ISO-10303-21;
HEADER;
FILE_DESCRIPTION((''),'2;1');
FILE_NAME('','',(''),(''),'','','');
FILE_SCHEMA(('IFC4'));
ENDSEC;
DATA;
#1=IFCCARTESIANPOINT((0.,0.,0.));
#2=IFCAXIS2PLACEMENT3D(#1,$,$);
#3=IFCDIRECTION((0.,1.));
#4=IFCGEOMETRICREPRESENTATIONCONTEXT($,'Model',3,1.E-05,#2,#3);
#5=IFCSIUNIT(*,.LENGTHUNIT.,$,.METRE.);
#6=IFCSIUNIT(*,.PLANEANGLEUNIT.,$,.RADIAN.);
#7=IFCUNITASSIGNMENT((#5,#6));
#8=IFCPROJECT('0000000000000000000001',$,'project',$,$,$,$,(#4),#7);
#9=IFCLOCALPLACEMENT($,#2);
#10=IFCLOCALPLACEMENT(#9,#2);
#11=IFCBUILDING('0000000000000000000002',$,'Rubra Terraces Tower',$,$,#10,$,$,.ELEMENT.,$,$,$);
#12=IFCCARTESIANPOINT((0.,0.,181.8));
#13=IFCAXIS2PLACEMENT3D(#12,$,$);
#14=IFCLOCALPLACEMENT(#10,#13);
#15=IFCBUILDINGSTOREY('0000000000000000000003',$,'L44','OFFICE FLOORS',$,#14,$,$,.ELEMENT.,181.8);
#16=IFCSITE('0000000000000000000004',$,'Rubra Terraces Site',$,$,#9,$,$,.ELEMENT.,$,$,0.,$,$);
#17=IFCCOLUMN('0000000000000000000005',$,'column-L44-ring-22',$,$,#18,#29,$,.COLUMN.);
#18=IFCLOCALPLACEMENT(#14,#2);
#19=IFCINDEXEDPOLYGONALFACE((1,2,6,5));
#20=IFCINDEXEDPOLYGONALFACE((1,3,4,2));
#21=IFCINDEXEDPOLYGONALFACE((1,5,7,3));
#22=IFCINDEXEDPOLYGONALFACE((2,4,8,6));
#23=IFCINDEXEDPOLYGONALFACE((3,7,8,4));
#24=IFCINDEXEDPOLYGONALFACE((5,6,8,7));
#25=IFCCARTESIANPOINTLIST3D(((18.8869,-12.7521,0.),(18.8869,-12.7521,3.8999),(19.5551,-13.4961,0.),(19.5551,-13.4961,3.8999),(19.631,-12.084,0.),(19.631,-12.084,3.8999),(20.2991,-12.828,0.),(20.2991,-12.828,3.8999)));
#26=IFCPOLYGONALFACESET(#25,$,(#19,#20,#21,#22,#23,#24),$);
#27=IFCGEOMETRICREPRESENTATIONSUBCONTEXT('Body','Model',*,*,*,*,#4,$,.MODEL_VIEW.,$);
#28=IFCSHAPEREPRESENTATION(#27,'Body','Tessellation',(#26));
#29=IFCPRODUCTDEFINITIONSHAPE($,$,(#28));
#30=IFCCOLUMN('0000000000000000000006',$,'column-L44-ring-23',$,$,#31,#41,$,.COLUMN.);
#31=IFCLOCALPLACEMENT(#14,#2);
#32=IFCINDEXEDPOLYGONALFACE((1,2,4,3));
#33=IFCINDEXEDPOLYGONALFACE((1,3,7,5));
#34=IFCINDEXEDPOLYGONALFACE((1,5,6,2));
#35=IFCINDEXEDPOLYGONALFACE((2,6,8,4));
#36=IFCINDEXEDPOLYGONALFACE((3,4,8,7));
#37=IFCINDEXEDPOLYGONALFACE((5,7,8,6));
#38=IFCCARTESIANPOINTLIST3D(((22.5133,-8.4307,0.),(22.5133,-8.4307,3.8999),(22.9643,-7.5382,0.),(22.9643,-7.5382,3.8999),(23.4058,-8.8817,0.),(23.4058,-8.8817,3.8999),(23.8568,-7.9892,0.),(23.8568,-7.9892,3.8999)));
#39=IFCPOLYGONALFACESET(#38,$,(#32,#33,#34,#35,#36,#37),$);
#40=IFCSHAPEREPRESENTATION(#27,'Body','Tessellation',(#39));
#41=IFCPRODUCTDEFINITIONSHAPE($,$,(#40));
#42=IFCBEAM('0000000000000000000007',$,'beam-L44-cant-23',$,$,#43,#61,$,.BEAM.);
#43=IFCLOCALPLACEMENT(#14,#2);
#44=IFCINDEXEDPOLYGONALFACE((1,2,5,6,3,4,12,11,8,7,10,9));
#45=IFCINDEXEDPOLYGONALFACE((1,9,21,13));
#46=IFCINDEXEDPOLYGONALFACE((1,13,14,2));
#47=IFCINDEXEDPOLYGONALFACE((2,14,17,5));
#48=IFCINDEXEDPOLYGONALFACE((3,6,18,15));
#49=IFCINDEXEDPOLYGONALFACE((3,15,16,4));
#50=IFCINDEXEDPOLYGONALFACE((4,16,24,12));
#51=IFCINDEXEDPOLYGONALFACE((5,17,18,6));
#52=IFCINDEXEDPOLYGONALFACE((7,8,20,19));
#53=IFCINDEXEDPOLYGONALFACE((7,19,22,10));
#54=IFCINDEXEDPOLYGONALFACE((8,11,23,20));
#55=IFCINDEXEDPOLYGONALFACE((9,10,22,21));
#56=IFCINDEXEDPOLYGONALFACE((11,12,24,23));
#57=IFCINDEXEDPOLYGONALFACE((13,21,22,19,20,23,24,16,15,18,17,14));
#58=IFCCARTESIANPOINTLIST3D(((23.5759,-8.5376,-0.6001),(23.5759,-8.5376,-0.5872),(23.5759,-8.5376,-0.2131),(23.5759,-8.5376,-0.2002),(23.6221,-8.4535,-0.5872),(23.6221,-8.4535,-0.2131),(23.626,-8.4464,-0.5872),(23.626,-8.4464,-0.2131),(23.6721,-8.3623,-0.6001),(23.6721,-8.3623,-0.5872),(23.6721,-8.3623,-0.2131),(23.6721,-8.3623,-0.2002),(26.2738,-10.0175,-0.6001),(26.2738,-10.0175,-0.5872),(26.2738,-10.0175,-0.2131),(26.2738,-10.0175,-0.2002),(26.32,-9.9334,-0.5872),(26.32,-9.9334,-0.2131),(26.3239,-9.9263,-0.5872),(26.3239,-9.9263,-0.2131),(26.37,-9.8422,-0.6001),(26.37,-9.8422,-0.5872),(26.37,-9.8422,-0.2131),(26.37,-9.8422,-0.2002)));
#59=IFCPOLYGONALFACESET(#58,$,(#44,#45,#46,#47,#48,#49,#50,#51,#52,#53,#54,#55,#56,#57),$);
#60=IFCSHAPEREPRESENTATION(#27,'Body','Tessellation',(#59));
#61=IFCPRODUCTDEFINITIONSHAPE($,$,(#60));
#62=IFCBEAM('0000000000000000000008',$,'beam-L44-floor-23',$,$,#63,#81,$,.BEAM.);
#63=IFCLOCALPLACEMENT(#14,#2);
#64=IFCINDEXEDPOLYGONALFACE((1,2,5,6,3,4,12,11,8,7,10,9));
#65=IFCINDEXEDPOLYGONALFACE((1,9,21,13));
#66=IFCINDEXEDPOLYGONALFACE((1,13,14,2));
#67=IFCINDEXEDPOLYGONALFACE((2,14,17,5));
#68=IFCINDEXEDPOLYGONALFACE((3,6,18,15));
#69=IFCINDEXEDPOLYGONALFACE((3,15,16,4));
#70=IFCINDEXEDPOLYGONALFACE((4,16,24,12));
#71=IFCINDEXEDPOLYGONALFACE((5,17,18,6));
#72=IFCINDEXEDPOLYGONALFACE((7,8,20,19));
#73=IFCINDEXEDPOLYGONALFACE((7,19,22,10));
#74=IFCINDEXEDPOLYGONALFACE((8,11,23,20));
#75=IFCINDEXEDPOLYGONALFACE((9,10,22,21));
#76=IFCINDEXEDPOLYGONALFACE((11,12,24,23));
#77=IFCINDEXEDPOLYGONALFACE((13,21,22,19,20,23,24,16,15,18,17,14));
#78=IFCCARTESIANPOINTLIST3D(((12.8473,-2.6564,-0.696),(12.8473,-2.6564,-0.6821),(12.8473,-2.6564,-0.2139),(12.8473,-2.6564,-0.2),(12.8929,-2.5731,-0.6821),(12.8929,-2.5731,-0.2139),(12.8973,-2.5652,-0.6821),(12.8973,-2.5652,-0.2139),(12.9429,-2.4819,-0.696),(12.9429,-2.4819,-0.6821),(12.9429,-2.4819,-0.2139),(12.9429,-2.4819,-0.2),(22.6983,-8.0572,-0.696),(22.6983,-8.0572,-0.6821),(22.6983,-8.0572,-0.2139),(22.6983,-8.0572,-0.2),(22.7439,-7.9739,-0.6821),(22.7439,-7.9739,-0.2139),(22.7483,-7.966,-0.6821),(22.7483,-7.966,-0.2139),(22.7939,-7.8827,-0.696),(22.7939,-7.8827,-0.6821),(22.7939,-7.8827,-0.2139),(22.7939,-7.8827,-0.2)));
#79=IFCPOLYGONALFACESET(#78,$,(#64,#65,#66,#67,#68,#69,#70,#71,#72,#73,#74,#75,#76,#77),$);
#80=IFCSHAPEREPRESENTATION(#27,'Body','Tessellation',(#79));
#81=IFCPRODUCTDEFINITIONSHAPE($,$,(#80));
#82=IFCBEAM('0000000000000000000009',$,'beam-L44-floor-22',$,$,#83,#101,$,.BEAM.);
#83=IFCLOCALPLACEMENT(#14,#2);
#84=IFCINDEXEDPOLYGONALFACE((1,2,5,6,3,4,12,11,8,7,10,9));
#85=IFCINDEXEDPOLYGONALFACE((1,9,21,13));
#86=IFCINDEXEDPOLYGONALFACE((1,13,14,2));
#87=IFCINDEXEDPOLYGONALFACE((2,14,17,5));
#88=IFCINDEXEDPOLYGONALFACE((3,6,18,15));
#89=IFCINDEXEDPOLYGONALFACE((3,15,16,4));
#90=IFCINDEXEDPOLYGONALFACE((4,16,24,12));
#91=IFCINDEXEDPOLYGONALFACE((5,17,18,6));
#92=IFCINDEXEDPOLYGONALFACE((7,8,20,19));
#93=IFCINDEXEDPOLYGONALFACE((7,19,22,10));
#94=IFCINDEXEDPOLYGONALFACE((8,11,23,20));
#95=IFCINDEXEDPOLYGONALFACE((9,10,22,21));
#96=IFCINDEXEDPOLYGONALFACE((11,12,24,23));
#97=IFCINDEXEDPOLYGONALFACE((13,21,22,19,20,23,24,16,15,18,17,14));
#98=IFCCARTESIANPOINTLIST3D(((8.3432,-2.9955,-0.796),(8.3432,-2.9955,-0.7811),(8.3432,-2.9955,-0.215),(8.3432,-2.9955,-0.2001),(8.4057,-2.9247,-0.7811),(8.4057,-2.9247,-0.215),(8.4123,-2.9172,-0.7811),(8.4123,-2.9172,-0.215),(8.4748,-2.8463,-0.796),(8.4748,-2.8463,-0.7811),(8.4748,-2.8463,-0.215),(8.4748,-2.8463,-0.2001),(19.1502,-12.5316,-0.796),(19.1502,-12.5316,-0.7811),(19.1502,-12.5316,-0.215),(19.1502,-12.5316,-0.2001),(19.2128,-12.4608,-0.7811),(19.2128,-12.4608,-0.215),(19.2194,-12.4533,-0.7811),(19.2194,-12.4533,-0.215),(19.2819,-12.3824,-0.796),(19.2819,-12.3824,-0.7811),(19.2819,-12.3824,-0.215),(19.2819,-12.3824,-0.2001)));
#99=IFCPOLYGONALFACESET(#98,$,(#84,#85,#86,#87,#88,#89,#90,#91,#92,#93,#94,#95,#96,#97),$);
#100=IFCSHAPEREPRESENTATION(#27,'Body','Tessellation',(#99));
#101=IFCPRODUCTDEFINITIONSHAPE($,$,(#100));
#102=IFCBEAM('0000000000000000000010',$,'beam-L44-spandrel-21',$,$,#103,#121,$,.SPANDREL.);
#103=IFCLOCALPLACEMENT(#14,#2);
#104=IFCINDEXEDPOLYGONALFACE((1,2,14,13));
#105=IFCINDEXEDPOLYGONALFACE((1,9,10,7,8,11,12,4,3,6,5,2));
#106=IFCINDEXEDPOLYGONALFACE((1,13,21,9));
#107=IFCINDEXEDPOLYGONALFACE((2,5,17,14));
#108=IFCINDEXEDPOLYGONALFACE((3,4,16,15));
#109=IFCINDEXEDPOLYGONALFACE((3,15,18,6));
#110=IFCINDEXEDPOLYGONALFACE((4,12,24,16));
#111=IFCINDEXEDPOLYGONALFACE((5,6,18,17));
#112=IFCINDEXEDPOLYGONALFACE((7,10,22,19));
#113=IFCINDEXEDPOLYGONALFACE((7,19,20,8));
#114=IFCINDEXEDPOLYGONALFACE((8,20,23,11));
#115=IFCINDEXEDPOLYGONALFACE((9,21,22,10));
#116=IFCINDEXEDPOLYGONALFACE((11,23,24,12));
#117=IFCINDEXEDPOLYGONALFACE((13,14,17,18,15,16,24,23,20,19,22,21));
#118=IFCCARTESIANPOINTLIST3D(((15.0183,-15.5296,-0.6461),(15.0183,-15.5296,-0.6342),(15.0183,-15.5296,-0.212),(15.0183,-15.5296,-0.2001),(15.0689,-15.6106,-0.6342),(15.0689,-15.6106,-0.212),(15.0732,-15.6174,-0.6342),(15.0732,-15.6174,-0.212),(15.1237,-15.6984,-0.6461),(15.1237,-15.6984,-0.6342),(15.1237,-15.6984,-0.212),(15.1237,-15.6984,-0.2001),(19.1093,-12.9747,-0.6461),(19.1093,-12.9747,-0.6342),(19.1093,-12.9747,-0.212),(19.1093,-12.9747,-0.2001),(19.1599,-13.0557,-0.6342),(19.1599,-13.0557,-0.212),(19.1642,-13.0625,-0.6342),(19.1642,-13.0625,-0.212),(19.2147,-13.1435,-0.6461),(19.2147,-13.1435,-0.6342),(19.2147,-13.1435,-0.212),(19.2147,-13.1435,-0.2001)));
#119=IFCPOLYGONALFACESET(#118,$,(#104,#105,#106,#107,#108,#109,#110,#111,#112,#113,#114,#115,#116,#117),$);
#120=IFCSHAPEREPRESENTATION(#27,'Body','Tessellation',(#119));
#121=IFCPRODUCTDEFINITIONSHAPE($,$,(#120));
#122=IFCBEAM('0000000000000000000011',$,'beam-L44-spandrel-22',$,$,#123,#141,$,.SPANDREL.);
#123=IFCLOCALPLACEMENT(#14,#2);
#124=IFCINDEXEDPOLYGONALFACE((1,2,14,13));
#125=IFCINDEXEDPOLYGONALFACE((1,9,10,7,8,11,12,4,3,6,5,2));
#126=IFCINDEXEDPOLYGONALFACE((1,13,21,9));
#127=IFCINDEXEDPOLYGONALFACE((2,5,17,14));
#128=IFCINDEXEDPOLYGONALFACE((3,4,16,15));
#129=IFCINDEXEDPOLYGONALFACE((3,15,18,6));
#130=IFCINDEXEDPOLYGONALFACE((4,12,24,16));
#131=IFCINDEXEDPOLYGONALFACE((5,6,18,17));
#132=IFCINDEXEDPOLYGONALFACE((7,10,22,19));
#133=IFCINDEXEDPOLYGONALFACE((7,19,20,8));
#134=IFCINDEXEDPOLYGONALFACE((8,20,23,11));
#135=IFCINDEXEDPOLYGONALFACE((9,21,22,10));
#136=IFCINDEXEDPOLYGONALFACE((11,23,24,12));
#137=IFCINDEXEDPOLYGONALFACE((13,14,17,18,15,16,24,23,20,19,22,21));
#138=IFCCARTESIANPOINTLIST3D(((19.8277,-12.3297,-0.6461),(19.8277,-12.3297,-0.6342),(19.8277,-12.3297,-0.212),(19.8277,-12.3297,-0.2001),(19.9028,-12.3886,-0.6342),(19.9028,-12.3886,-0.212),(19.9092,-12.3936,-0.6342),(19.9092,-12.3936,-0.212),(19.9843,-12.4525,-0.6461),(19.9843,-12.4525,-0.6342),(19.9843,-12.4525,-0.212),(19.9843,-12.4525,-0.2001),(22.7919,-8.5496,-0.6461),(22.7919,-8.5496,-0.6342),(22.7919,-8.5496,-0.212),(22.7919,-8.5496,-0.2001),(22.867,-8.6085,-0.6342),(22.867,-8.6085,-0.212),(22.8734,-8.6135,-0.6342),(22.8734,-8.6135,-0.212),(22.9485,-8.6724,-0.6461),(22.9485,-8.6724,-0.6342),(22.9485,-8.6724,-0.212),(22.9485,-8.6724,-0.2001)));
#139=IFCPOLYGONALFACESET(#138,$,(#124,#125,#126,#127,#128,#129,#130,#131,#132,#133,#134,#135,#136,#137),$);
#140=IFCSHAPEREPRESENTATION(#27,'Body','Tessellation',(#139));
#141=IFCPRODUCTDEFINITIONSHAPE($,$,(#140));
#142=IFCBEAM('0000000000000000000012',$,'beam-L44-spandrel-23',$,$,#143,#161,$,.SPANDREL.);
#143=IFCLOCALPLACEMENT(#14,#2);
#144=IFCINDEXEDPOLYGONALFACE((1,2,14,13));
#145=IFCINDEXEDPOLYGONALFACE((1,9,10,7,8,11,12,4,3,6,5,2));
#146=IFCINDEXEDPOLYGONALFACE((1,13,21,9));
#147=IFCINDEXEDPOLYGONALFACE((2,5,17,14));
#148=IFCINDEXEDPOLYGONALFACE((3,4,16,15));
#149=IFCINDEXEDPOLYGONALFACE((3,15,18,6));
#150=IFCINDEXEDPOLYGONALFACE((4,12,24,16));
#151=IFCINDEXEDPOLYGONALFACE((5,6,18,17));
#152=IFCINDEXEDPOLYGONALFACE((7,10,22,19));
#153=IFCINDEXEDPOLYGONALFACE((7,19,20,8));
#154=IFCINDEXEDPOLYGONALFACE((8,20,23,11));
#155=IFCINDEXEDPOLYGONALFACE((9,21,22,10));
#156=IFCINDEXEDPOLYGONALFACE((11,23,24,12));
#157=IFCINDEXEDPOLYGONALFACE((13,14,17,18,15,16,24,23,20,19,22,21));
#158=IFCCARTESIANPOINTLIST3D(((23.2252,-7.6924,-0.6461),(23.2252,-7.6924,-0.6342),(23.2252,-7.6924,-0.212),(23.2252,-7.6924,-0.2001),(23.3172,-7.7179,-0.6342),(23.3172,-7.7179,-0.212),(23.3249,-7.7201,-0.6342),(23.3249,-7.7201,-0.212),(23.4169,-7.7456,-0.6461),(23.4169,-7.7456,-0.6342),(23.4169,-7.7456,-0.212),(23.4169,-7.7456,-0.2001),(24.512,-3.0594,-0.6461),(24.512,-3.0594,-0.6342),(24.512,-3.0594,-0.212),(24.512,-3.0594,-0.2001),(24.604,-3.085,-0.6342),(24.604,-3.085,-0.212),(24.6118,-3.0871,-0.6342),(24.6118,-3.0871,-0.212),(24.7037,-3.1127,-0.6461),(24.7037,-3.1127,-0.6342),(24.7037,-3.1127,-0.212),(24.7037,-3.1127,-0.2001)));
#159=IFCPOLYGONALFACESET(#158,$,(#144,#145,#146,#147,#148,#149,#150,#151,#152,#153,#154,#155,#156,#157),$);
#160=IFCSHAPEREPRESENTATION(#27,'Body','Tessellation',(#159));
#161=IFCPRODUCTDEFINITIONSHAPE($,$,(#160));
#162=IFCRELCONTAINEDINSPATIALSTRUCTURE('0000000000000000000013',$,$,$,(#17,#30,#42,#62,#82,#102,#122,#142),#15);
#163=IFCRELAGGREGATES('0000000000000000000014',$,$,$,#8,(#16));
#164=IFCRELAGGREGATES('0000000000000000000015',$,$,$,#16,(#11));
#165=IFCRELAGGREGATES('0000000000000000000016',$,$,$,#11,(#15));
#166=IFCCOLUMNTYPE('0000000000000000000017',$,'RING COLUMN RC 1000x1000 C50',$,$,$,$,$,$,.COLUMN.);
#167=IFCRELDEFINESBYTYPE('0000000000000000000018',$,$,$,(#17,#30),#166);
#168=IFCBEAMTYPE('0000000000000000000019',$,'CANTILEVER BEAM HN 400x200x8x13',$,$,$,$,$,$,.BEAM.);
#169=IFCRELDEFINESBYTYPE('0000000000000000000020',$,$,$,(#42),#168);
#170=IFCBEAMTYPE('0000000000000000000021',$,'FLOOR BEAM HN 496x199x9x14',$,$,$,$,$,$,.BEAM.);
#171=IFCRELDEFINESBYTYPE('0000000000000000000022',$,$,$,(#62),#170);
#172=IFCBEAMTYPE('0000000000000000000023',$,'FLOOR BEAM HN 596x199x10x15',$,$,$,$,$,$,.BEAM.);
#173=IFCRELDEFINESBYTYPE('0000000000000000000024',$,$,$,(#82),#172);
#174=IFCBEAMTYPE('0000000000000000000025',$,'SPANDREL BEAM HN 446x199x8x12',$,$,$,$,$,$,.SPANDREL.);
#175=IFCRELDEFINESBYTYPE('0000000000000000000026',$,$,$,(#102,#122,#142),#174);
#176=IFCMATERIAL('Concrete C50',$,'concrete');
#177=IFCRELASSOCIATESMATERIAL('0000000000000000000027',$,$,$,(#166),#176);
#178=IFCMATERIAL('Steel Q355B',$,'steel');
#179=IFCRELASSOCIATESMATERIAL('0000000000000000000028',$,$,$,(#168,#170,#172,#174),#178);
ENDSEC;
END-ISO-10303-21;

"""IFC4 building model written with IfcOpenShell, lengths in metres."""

from ifc_helpers import new_model, si_unit, direction, frame, origin, origin_2d, place, context, subcontext, project, spatial, rectangle, i_section, extrude, material, material_profile, profile_set, type_object, element, save


model = new_model("IFC4")

# Units and contexts
model_context = context("Model", 3, precision=1e-05, world=origin(), true_north=direction((0.0, 1.0)))
body_context = subcontext(model_context, "Body", "Model", "MODEL_VIEW")
ifc_project = project(units=[si_unit("LENGTHUNIT", "METRE"), si_unit("PLANEANGLEUNIT", "RADIAN")], contexts=[model_context])

# Site, building, storey
site_placement = place(None, origin())
site = spatial("IfcSite", under=ifc_project, at=site_placement, Name="Rubra Terraces Site", CompositionType="ELEMENT", RefElevation=0.0)
building_placement = place(site_placement, origin())
building = spatial("IfcBuilding", under=site, at=building_placement, Name="Rubra Terraces Tower", CompositionType="ELEMENT")
storey_placement = place(building_placement, frame((0.0, 0.0, 181.8)))
storey = spatial("IfcBuildingStorey", under=building, at=storey_placement, Name="L44", Description="OFFICE FLOORS", CompositionType="ELEMENT", Elevation=181.8)

# Columns
ifc_material_1 = material(Name="Concrete C50", Category="concrete")
ifc_material_profile_1 = material_profile(ifc_material_1, rectangle(XDim=1.0, YDim=1.0, at=origin_2d()), Name="RC 1000x1000")
ifc_profile_set_1 = profile_set([ifc_material_profile_1], Name="Concrete C50")
column_type = type_object("IfcColumnType", Name="RING COLUMN RC 1000x1000 C50", PredefinedType="COLUMN", material=ifc_profile_set_1)
for number, where, z_axis, x_axis, name in (
    (1, (19.593, -12.79, 0.0), (0.0, 0.0, 1.0), (0.744021, 0.668156, 0.0), "column-L44-ring-22"),
    (2, (23.1851, -8.21, 0.0), (0.0, 0.0, 1.0), (0.451028, 0.89251, 0.0), "column-L44-ring-23"),
):
    element("IfcColumn", number, at=place(storey_placement, frame(where, z_axis=z_axis, x_axis=x_axis)), inside=storey, type_object=column_type, Name=name, PredefinedType="COLUMN", context=body_context, shape_type="SweptSolid", body=[
        extrude(rectangle(XDim=1.0, YDim=1.0, at=origin_2d()), origin(), (0.0, 0.0, 1.0), 3.8999),
    ])

# Beams
ifc_material_2 = material(Name="Steel Q355B", Category="steel")
ifc_material_profile_2 = material_profile(ifc_material_2, i_section(OverallWidth=0.2, OverallDepth=0.3999, WebThickness=0.0081, FlangeThickness=0.0129, at=origin_2d()), Name="HN 400x200x8x13")
ifc_profile_set_2 = profile_set([ifc_material_profile_2], Name="Steel Q355B")
beam_type_1 = type_object("IfcBeamType", Name="CANTILEVER BEAM HN 400x200x8x13", PredefinedType="BEAM", material=ifc_profile_set_2)
beam_1_placement = place(storey_placement, frame((23.624, -8.45, -0.4001), z_axis=(0.876753, -0.480941, 0.0), x_axis=(0.480941, 0.876753, 0.0)))
element("IfcBeam", 3, at=beam_1_placement, inside=storey, type_object=beam_type_1, Name="beam-L44-cant-23", PredefinedType="BEAM", context=body_context, shape_type="SweptSolid", body=[
    extrude(i_section(OverallWidth=0.2, OverallDepth=0.3999, WebThickness=0.0081, FlangeThickness=0.0129, at=origin_2d()), origin(), (0.0, 0.0, 1.0), 3.0771),
])
ifc_material_profile_3 = material_profile(ifc_material_2, i_section(OverallWidth=0.199, OverallDepth=0.4961, WebThickness=0.009, FlangeThickness=0.0139, at=origin_2d()), Name="HN 496x199x9x14")
ifc_profile_set_3 = profile_set([ifc_material_profile_3], Name="Steel Q355B")
beam_type_2 = type_object("IfcBeamType", Name="FLOOR BEAM HN 496x199x9x14", PredefinedType="BEAM", material=ifc_profile_set_3)
beam_2_placement = place(storey_placement, frame((22.7461, -7.97, -0.448), z_axis=(-0.876862, 0.480742, 0.0), x_axis=(-0.480742, -0.876862, 0.0)))
element("IfcBeam", 4, at=beam_2_placement, inside=storey, type_object=beam_type_2, Name="beam-L44-floor-23", PredefinedType="BEAM", context=body_context, shape_type="SweptSolid", body=[
    extrude(i_section(OverallWidth=0.199, OverallDepth=0.4961, WebThickness=0.009, FlangeThickness=0.0139, at=origin_2d()), origin(), (0.0, 0.0, 1.0), 11.2344),
])
ifc_material_profile_4 = material_profile(ifc_material_2, i_section(OverallWidth=0.199, OverallDepth=0.5959, WebThickness=0.01, FlangeThickness=0.0149, at=origin_2d()), Name="HN 596x199x10x15")
ifc_profile_set_4 = profile_set([ifc_material_profile_4], Name="Steel Q355B")
beam_type_3 = type_object("IfcBeamType", Name="FLOOR BEAM HN 596x199x10x15", PredefinedType="BEAM", material=ifc_profile_set_4)
beam_3_placement = place(storey_placement, frame((19.2161, -12.457, -0.498), z_axis=(-0.749823, 0.661638, 0.0), x_axis=(-0.661638, -0.749823, 0.0)))
element("IfcBeam", 5, at=beam_3_placement, inside=storey, type_object=beam_type_3, Name="beam-L44-floor-22", PredefinedType="BEAM", context=body_context, shape_type="SweptSolid", body=[
    extrude(i_section(OverallWidth=0.199, OverallDepth=0.5959, WebThickness=0.01, FlangeThickness=0.0149, at=origin_2d()), origin(), (0.0, 0.0, 1.0), 14.4128),
])
ifc_material_profile_5 = material_profile(ifc_material_2, i_section(OverallWidth=0.199, OverallDepth=0.446, WebThickness=0.0081, FlangeThickness=0.012, at=origin_2d()), Name="HN 446x199x8x12")
ifc_profile_set_5 = profile_set([ifc_material_profile_5], Name="Steel Q355B")
beam_type_4 = type_object("IfcBeamType", Name="SPANDREL BEAM HN 446x199x8x12", PredefinedType="SPANDREL", material=ifc_profile_set_5)
beam_4_placement = place(storey_placement, frame((15.071, -15.614, -0.4231), z_axis=(0.848183, 0.529703, 0.0), x_axis=(-0.529703, 0.848183, 0.0)))
element("IfcBeam", 6, at=beam_4_placement, inside=storey, type_object=beam_type_4, Name="beam-L44-spandrel-21", PredefinedType="SPANDREL", context=body_context, shape_type="SweptSolid", body=[
    extrude(i_section(OverallWidth=0.199, OverallDepth=0.446, WebThickness=0.0081, FlangeThickness=0.012, at=origin_2d()), origin(), (0.0, 0.0, 1.0), 4.8232),
])
beam_5_placement = place(storey_placement, frame((19.906, -12.3911, -0.4231), z_axis=(0.61706, 0.786916, 0.0), x_axis=(-0.786916, 0.61706, 0.0)))
element("IfcBeam", 7, at=beam_5_placement, inside=storey, type_object=beam_type_4, Name="beam-L44-spandrel-22", PredefinedType="SPANDREL", context=body_context, shape_type="SweptSolid", body=[
    extrude(i_section(OverallWidth=0.199, OverallDepth=0.446, WebThickness=0.0081, FlangeThickness=0.012, at=origin_2d()), origin(), (0.0, 0.0, 1.0), 4.8037),
])
beam_6_placement = place(storey_placement, frame((23.321, -7.719, -0.4231), z_axis=(0.267626, 0.963523, 0.0), x_axis=(-0.963523, 0.267626, 0.0)))
element("IfcBeam", 8, at=beam_6_placement, inside=storey, type_object=beam_type_4, Name="beam-L44-spandrel-23", PredefinedType="SPANDREL", context=body_context, shape_type="SweptSolid", body=[
    extrude(i_section(OverallWidth=0.199, OverallDepth=0.446, WebThickness=0.0081, FlangeThickness=0.012, at=origin_2d()), origin(), (0.0, 0.0, 1.0), 4.8083),
])

save(model, "model.ifc")
